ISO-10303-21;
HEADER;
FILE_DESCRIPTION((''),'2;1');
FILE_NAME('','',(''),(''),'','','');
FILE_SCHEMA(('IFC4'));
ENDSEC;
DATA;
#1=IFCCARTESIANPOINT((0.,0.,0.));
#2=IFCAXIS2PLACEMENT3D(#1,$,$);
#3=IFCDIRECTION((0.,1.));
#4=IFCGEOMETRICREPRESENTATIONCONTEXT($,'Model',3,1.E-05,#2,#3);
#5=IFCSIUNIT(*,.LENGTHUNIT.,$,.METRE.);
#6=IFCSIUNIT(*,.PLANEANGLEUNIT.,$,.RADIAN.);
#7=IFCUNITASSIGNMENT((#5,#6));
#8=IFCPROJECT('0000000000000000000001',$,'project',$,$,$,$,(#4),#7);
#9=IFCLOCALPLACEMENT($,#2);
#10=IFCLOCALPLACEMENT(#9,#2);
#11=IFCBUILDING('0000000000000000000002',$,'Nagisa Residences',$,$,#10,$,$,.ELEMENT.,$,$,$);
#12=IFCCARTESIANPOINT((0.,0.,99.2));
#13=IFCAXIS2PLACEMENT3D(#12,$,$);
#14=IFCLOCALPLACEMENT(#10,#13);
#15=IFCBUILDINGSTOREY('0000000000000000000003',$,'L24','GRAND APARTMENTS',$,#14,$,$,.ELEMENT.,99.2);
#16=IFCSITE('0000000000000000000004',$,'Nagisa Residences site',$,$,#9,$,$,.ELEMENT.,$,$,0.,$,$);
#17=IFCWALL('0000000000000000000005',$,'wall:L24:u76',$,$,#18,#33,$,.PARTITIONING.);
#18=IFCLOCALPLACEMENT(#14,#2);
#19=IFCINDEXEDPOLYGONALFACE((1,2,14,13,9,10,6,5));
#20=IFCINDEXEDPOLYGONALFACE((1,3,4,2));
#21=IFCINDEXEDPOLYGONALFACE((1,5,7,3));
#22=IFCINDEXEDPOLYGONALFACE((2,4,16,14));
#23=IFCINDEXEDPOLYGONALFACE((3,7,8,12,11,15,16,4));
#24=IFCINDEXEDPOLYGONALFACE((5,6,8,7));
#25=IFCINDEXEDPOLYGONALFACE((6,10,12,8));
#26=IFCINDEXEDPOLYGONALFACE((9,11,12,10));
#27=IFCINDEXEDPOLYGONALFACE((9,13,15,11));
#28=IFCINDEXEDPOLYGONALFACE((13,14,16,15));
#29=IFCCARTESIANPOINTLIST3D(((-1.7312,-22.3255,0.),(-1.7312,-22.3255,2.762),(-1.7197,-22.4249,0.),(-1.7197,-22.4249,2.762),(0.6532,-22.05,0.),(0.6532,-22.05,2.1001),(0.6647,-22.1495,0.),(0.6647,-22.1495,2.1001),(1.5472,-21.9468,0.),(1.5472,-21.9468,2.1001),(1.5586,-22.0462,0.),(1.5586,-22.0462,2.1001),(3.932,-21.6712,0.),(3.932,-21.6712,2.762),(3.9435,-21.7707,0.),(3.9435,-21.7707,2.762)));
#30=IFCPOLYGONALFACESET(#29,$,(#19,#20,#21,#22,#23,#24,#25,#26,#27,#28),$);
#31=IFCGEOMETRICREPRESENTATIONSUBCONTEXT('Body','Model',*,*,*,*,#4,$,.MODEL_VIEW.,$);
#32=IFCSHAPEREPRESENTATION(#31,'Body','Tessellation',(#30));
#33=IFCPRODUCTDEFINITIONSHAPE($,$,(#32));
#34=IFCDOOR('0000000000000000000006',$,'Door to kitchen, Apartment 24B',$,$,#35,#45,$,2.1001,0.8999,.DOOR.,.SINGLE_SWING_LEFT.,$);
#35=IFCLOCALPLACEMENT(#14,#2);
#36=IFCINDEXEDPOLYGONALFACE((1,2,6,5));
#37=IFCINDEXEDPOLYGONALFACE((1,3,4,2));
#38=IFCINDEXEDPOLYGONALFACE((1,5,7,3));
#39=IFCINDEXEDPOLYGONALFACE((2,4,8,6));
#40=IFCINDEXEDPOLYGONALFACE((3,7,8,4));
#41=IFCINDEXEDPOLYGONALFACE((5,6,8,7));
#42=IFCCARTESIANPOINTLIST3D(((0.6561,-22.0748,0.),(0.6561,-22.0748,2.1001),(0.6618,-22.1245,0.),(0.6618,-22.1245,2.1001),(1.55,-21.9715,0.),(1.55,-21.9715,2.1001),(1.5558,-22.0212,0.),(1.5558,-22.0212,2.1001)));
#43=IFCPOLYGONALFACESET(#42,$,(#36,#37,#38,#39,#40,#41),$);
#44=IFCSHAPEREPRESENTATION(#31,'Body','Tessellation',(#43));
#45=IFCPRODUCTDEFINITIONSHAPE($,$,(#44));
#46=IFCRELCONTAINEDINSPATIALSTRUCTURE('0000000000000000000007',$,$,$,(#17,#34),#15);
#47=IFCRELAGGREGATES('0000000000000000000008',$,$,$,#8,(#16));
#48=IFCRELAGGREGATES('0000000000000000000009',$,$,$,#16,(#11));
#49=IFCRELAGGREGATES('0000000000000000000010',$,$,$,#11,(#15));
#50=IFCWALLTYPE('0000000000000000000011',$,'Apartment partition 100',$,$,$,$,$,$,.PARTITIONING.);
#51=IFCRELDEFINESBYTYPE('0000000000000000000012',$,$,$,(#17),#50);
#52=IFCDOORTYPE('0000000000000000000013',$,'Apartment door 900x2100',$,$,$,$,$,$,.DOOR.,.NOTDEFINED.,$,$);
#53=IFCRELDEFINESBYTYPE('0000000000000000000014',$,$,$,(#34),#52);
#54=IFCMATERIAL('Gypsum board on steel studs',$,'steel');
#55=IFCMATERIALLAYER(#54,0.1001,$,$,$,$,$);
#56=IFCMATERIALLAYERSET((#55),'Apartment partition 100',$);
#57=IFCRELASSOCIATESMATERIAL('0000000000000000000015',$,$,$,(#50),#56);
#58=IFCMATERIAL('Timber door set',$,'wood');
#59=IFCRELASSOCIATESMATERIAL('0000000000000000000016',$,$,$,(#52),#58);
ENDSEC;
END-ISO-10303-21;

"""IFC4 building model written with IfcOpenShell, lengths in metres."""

from ifc_helpers import new_model, si_unit, direction, frame, frame_2d, origin, place, context, subcontext, project, spatial, rectangle, extrude, material, layer, layer_set, type_object, element, fill, save


model = new_model("IFC4")

# Units and contexts
model_context = context("Model", 3, precision=1e-05, world=origin(), true_north=direction((0.0, 1.0)))
body_context = subcontext(model_context, "Body", "Model", "MODEL_VIEW")
ifc_project = project(units=[si_unit("LENGTHUNIT", "METRE"), si_unit("PLANEANGLEUNIT", "RADIAN")], contexts=[model_context])

# Site, building, storey
site_placement = place(None, origin())
site = spatial("IfcSite", under=ifc_project, at=site_placement, Name="Nagisa Residences site", CompositionType="ELEMENT", RefElevation=0.0)
building_placement = place(site_placement, origin())
building = spatial("IfcBuilding", under=site, at=building_placement, Name="Nagisa Residences", CompositionType="ELEMENT")
storey_placement = place(building_placement, frame((0.0, 0.0, 99.2)))
storey = spatial("IfcBuildingStorey", under=building, at=storey_placement, Name="L24", Description="GRAND APARTMENTS", CompositionType="ELEMENT", Elevation=99.2)

# Shared definitions
ifc_material_1 = material(Name="Gypsum board on steel studs", Category="steel")
ifc_layer_1 = layer(ifc_material_1, 0.1001)
ifc_layer_set_1 = layer_set([ifc_layer_1], Name="Apartment partition 100")
wall_type_1 = type_object("IfcWallType", Name="Apartment partition 100", PredefinedType="PARTITIONING", material=ifc_layer_set_1)

# Shared definitions
ifc_material_2 = material(Name="Timber door set", Category="wood")
door_type_1 = type_object("IfcDoorType", Name="Apartment door 900x2100", OperationType="NOTDEFINED", PredefinedType="DOOR", material=ifc_material_2)

# Wall, opening, door
wall_1_placement = place(storey_placement, frame((-1.7256, -22.3752, 0.0), z_axis=(0.0, 0.0, 1.0), x_axis=(0.993392, 0.114769, 0.0)))
wall_1 = element("IfcWall", 1, at=wall_1_placement, inside=storey, type_object=wall_type_1, Name="wall:L24:u76", PredefinedType="PARTITIONING", context=body_context, shape_type="SweptSolid", body=[
    extrude(rectangle(XDim=5.7009, YDim=0.1001, at=frame_2d((2.8506, 0.0))), origin(), (0.0, 0.0, 1.0), 2.762),
])
opening_1_placement = place(wall_1_placement, frame((2.4004, 0.0, 0.0)))
opening_1 = element("IfcOpeningElement", 2, at=opening_1_placement, cuts=wall_1, PredefinedType="OPENING", context=body_context, shape_type="SweptSolid", body=[
    extrude(rectangle(XDim=0.8999, YDim=2.1001, at=frame_2d((0.45, 1.05))), frame((0.0, 0.0601, 0.0), z_axis=(0.0, -1.0, 0.0), x_axis=(1.0, 0.0, 0.0)), (0.0, 0.0, 1.0), 0.1201),
])
door_1_placement = place(opening_1_placement, frame((0.8999, 0.0, 0.0), x_axis=(-1.0, 0.0, 0.0)))
door_1 = element("IfcDoor", 3, at=door_1_placement, inside=storey, type_object=door_type_1, Name="Door to kitchen, Apartment 24B", OperationType="SINGLE_SWING_LEFT", OverallHeight=2.1001, OverallWidth=0.8999, PredefinedType="DOOR", context=body_context, shape_type="SweptSolid", body=[
    extrude(rectangle(XDim=0.8999, YDim=2.1001, at=frame_2d((0.45, 1.05))), frame((0.0, 0.0249, 0.0), z_axis=(0.0, -1.0, 0.0), x_axis=(1.0, 0.0, 0.0)), (0.0, 0.0, 1.0), 0.05),
])
fill(opening_1, door_1)

save(model, "model.ifc")
